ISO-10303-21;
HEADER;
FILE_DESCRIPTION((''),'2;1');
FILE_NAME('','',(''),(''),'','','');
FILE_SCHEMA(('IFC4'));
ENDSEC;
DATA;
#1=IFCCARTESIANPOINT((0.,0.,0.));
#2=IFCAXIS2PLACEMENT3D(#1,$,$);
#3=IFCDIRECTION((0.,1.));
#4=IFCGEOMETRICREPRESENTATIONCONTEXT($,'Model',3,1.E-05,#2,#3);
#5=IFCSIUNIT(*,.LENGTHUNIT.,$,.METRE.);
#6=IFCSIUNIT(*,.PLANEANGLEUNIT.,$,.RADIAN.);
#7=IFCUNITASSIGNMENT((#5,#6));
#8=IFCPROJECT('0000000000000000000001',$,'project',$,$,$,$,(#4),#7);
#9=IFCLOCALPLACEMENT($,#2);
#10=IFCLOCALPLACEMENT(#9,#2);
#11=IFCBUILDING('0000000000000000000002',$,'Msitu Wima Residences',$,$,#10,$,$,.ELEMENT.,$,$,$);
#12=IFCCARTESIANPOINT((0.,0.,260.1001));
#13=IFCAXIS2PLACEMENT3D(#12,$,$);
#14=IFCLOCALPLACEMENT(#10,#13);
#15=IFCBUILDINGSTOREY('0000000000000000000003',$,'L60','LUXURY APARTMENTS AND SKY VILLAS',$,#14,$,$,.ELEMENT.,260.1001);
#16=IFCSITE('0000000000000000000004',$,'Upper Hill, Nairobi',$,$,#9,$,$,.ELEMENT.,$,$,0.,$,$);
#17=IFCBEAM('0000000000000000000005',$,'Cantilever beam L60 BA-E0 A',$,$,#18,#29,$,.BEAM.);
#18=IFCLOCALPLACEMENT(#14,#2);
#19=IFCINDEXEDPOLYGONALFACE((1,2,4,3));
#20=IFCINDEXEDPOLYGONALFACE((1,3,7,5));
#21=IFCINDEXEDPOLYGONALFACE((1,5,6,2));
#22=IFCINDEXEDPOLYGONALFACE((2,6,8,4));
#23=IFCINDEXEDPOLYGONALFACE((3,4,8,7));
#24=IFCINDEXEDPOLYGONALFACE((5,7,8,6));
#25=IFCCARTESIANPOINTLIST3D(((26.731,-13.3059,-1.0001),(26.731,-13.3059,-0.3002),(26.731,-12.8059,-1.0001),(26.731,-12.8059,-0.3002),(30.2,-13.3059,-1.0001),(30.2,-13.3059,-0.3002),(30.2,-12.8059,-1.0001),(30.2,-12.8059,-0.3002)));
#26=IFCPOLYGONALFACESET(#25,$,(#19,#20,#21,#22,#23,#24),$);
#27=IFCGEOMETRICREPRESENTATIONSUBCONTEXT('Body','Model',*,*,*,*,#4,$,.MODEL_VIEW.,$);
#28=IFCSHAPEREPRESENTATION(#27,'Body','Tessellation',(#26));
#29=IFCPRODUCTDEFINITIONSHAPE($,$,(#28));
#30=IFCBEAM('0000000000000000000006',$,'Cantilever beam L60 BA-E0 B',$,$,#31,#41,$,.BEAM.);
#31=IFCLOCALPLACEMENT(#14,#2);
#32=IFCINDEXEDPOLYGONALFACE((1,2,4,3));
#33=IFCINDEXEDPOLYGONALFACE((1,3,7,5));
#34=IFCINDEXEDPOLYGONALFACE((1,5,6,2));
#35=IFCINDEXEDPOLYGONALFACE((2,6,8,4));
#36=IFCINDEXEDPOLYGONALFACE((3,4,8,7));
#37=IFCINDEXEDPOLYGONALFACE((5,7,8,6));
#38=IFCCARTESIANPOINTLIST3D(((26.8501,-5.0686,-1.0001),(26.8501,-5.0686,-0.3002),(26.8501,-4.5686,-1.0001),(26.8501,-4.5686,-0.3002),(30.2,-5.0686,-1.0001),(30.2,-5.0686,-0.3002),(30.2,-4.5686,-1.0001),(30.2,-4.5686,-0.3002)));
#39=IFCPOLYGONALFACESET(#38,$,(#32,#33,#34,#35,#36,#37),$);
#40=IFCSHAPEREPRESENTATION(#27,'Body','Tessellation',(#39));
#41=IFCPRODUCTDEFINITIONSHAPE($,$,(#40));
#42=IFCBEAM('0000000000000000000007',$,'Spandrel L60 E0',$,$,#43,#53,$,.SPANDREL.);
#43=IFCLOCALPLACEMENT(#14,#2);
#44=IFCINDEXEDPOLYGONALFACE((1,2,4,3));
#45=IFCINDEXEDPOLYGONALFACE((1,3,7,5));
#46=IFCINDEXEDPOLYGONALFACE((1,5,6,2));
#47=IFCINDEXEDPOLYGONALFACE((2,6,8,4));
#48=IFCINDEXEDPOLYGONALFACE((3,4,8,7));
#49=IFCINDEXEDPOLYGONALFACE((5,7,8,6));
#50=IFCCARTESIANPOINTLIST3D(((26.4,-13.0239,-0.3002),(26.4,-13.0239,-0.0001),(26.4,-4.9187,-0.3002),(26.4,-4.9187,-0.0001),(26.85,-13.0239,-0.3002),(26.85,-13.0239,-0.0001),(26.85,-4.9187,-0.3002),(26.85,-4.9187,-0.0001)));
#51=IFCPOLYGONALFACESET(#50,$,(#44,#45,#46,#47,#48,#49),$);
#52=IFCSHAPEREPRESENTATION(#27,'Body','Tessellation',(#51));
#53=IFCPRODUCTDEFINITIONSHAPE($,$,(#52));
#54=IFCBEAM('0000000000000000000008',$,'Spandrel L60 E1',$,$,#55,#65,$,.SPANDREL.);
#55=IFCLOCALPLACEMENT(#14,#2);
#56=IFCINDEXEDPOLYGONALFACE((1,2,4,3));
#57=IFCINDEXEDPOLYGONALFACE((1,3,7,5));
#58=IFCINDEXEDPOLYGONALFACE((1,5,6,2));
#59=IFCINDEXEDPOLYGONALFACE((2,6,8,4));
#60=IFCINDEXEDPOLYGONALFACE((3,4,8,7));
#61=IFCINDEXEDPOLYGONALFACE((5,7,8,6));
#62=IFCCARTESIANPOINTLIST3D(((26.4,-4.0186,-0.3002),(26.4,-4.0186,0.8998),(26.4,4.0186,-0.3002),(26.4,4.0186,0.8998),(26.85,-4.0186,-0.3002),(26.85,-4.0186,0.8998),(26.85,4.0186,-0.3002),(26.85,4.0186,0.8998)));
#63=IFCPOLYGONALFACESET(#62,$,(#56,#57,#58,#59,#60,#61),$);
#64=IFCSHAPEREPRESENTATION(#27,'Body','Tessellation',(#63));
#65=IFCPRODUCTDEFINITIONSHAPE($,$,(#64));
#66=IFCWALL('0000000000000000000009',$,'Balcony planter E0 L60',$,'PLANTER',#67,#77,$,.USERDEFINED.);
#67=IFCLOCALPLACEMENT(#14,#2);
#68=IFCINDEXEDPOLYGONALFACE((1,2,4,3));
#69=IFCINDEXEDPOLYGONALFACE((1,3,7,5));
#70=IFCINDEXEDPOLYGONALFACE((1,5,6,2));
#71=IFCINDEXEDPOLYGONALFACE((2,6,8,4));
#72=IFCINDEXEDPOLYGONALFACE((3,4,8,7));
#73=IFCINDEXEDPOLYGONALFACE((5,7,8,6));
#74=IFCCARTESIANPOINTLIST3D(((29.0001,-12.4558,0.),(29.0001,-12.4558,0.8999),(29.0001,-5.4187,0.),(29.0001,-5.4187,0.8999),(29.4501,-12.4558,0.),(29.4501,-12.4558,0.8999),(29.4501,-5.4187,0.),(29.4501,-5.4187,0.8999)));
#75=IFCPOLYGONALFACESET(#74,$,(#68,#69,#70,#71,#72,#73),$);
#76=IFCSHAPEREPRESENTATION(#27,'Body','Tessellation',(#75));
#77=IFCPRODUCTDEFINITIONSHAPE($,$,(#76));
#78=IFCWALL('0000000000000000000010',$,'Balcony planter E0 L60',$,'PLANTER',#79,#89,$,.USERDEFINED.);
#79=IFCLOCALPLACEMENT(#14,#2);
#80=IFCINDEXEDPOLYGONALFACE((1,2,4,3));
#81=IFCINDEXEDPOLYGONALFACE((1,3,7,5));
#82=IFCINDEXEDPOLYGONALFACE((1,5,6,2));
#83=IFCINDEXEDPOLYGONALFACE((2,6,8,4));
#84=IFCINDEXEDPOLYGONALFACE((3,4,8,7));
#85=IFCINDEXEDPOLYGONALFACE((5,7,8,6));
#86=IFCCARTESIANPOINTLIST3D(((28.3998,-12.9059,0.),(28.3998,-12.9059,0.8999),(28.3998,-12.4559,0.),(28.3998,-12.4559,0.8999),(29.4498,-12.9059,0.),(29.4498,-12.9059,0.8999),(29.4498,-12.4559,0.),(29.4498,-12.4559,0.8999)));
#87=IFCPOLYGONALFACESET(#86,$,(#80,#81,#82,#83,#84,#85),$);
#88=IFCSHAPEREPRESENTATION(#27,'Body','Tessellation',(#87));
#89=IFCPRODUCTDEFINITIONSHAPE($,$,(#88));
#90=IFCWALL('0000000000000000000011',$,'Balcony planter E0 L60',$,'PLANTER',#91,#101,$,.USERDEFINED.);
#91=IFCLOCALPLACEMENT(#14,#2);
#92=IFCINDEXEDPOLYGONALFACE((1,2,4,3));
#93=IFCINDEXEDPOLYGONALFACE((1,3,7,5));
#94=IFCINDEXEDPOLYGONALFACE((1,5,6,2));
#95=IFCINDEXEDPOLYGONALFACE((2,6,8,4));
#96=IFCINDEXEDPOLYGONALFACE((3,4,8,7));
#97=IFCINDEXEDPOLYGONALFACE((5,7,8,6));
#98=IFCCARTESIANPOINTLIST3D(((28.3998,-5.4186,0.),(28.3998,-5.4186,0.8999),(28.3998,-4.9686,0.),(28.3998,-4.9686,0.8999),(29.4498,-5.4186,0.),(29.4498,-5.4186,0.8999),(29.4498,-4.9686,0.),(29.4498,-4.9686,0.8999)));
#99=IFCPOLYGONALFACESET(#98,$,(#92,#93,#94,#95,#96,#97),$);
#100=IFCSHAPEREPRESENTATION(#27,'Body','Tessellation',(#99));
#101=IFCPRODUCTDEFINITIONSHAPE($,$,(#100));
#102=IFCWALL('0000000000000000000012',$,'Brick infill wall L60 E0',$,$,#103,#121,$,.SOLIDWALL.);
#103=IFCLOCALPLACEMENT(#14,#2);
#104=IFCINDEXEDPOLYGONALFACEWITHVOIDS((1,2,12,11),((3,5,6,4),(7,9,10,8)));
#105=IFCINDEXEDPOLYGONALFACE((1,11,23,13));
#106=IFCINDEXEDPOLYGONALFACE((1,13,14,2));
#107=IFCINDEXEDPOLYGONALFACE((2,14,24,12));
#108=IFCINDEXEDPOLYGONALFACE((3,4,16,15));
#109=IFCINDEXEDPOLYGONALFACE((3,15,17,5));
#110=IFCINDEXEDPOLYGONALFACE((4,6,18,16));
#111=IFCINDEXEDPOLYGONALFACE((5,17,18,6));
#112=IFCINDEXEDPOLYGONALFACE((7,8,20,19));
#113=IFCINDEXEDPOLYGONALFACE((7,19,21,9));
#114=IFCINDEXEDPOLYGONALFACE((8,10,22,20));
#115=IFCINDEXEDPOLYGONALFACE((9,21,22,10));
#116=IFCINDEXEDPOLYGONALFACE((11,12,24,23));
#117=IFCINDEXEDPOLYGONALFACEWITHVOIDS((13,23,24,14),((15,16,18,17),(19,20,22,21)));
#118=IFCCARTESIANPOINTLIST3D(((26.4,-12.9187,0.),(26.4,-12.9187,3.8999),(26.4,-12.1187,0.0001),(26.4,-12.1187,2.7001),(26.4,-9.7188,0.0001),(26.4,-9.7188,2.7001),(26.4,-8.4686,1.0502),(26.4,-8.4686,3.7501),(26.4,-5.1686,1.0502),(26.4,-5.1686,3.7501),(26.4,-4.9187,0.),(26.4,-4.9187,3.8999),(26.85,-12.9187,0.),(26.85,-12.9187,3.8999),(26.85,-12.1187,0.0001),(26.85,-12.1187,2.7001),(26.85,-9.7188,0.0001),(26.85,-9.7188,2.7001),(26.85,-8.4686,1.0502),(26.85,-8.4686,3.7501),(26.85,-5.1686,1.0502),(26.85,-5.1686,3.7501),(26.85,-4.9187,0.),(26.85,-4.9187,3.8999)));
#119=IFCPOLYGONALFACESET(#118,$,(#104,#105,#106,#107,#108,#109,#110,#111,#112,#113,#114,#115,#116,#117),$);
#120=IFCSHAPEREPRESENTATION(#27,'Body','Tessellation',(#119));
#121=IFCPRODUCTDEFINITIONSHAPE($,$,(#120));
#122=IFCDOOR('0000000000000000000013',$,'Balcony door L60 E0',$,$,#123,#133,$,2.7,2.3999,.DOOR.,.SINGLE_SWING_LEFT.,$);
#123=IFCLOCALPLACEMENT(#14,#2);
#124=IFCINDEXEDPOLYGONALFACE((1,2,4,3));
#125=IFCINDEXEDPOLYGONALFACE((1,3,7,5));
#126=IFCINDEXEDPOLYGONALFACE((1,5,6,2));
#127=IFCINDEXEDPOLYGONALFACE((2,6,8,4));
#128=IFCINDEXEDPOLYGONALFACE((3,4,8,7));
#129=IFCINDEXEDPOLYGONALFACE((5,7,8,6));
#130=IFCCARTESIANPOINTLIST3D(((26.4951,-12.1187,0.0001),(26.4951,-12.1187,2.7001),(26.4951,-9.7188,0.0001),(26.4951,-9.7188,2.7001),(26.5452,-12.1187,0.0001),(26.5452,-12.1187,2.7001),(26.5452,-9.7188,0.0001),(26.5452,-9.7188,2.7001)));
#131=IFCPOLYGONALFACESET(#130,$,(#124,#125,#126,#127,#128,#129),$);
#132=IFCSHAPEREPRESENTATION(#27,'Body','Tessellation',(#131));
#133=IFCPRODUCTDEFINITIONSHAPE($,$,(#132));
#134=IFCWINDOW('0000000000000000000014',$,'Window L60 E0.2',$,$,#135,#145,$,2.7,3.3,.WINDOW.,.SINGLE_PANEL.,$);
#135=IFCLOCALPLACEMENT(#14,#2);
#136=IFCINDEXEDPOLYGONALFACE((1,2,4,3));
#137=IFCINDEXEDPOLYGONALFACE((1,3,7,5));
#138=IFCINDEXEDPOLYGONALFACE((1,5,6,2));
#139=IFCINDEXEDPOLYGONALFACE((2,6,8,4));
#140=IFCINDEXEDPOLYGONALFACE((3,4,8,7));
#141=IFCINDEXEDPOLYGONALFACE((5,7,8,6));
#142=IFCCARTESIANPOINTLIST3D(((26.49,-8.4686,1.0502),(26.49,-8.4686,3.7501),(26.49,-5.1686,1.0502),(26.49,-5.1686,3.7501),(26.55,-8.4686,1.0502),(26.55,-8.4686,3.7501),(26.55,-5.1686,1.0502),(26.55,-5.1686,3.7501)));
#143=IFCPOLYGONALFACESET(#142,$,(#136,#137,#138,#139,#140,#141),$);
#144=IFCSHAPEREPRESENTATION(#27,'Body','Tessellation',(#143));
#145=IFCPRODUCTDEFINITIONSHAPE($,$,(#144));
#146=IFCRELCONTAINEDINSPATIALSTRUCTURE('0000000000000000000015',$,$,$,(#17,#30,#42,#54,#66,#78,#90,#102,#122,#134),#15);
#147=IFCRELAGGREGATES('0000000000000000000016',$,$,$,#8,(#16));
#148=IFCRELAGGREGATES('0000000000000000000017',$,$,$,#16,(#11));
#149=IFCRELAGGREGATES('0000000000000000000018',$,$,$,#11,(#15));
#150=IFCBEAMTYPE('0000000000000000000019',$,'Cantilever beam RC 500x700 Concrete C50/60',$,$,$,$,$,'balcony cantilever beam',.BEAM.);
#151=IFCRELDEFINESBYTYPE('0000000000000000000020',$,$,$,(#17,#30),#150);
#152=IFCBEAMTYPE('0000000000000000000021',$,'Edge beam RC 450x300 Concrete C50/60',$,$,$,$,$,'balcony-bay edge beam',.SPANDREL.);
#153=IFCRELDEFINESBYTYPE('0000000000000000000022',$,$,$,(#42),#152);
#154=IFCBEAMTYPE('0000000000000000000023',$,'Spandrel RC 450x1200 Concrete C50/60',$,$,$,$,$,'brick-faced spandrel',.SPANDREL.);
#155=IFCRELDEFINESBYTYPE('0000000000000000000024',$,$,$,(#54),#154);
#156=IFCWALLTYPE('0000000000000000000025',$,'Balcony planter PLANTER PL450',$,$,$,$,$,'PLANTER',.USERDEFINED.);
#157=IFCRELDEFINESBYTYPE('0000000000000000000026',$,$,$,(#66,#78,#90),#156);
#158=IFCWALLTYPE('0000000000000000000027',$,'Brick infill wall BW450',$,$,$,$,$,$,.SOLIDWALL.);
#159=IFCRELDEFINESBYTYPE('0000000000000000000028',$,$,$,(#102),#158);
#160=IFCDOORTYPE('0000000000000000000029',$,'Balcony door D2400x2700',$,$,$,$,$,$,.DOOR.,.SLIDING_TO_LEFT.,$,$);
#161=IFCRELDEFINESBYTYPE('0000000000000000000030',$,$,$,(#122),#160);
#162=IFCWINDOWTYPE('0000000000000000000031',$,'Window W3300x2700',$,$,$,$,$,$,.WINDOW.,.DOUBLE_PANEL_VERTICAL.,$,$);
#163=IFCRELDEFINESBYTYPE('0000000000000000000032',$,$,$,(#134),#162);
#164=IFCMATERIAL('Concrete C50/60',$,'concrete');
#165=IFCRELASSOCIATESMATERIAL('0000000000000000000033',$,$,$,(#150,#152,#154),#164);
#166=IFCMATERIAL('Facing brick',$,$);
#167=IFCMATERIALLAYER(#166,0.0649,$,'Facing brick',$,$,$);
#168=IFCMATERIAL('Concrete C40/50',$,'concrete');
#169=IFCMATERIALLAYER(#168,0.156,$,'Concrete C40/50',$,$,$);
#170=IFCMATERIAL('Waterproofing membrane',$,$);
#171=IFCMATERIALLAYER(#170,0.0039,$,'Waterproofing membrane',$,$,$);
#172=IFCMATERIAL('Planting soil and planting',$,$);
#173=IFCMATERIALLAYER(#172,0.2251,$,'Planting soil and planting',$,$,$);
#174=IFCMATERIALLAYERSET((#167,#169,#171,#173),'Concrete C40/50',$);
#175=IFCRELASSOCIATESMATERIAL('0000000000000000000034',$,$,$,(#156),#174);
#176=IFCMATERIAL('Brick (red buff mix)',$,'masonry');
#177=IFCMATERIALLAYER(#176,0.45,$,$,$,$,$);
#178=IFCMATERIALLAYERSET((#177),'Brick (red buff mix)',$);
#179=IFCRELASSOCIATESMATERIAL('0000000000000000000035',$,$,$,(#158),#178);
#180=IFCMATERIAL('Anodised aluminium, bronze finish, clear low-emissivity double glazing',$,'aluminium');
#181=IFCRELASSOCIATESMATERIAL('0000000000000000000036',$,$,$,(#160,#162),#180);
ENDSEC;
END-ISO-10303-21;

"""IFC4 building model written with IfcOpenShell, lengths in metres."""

from ifc_helpers import new_model, si_unit, direction, frame, frame_2d, origin, origin_2d, place, context, subcontext, project, spatial, rectangle, extrude, material, layer, layer_set, material_profile, profile_set, type_object, element, fill, save


model = new_model("IFC4")

# Units and contexts
model_context = context("Model", 3, precision=1e-05, world=origin(), true_north=direction((0.0, 1.0)))
body_context = subcontext(model_context, "Body", "Model", "MODEL_VIEW")
ifc_project = project(units=[si_unit("LENGTHUNIT", "METRE"), si_unit("PLANEANGLEUNIT", "RADIAN")], contexts=[model_context])

# Site, building, storey
site_placement = place(None, origin())
site = spatial("IfcSite", under=ifc_project, at=site_placement, Name="Upper Hill, Nairobi", CompositionType="ELEMENT", RefElevation=0.0)
building_placement = place(site_placement, origin())
building = spatial("IfcBuilding", under=site, at=building_placement, Name="Msitu Wima Residences", CompositionType="ELEMENT")
storey_placement = place(building_placement, frame((0.0, 0.0, 260.1001)))
storey = spatial("IfcBuildingStorey", under=building, at=storey_placement, Name="L60", Description="LUXURY APARTMENTS AND SKY VILLAS", CompositionType="ELEMENT", Elevation=260.1001)

# Beams
ifc_material_1 = material(Name="Concrete C50/60", Category="concrete")
ifc_material_profile_1 = material_profile(ifc_material_1, rectangle(XDim=0.5, YDim=0.7, at=origin_2d()), Name="RC 500x700")
ifc_profile_set_1 = profile_set([ifc_material_profile_1], Name="Concrete C50/60")
beam_type_1 = type_object("IfcBeamType", Name="Cantilever beam RC 500x700 Concrete C50/60", ElementType="balcony cantilever beam", PredefinedType="BEAM", material=ifc_profile_set_1)
beam_1_placement = place(storey_placement, frame((26.731, -13.0559, -0.6501), z_axis=(1.0, 0.0, 0.0), x_axis=(0.0, 1.0, 0.0)))
element("IfcBeam", 1, at=beam_1_placement, inside=storey, type_object=beam_type_1, Name="Cantilever beam L60 BA-E0 A", PredefinedType="BEAM", context=body_context, shape_type="SweptSolid", body=[
    extrude(rectangle(XDim=0.5, YDim=0.7, at=origin_2d()), origin(), (0.0, 0.0, 1.0), 3.469),
])
beam_2_placement = place(storey_placement, frame((26.8501, -4.8186, -0.6501), z_axis=(1.0, 0.0, 0.0), x_axis=(0.0, 1.0, 0.0)))
element("IfcBeam", 2, at=beam_2_placement, inside=storey, type_object=beam_type_1, Name="Cantilever beam L60 BA-E0 B", PredefinedType="BEAM", context=body_context, shape_type="SweptSolid", body=[
    extrude(rectangle(XDim=0.5, YDim=0.7, at=origin_2d()), origin(), (0.0, 0.0, 1.0), 3.3499),
])
ifc_material_profile_2 = material_profile(ifc_material_1, rectangle(XDim=0.45, YDim=0.3, at=origin_2d()), Name="RC 450x300")
ifc_profile_set_2 = profile_set([ifc_material_profile_2], Name="Concrete C50/60")
beam_type_2 = type_object("IfcBeamType", Name="Edge beam RC 450x300 Concrete C50/60", ElementType="balcony-bay edge beam", PredefinedType="SPANDREL", material=ifc_profile_set_2)
beam_3_placement = place(storey_placement, frame((26.625, -13.0239, -0.1501), z_axis=(0.0, 1.0, 0.0), x_axis=(-1.0, 0.0, 0.0)))
element("IfcBeam", 3, at=beam_3_placement, inside=storey, type_object=beam_type_2, Name="Spandrel L60 E0", PredefinedType="SPANDREL", context=body_context, shape_type="SweptSolid", body=[
    extrude(rectangle(XDim=0.45, YDim=0.3, at=origin_2d()), origin(), (0.0, 0.0, 1.0), 8.1052),
])
ifc_material_profile_3 = material_profile(ifc_material_1, rectangle(XDim=0.45, YDim=1.2, at=origin_2d()), Name="RC 450x1200")
ifc_profile_set_3 = profile_set([ifc_material_profile_3], Name="Concrete C50/60")
beam_type_3 = type_object("IfcBeamType", Name="Spandrel RC 450x1200 Concrete C50/60", ElementType="brick-faced spandrel", PredefinedType="SPANDREL", material=ifc_profile_set_3)
beam_4_placement = place(storey_placement, frame((26.625, -4.0186, 0.2998), z_axis=(0.0, 1.0, 0.0), x_axis=(-1.0, 0.0, 0.0)))
element("IfcBeam", 4, at=beam_4_placement, inside=storey, type_object=beam_type_3, Name="Spandrel L60 E1", PredefinedType="SPANDREL", context=body_context, shape_type="SweptSolid", body=[
    extrude(rectangle(XDim=0.45, YDim=1.2, at=origin_2d()), origin(), (0.0, 0.0, 1.0), 8.0371),
])

# Walls
ifc_material_2 = material(Name="Facing brick")
ifc_layer_1 = layer(ifc_material_2, 0.0649, Name="Facing brick")
ifc_material_3 = material(Name="Concrete C40/50", Category="concrete")
ifc_layer_2 = layer(ifc_material_3, 0.156, Name="Concrete C40/50")
ifc_material_4 = material(Name="Waterproofing membrane")
ifc_layer_3 = layer(ifc_material_4, 0.0039, Name="Waterproofing membrane")
ifc_material_5 = material(Name="Planting soil and planting")
ifc_layer_4 = layer(ifc_material_5, 0.2251, Name="Planting soil and planting")
ifc_layer_set_1 = layer_set([ifc_layer_1, ifc_layer_2, ifc_layer_3, ifc_layer_4], Name="Concrete C40/50")
wall_type_1 = type_object("IfcWallType", Name="Balcony planter PLANTER PL450", ElementType="PLANTER", PredefinedType="USERDEFINED", material=ifc_layer_set_1)
wall_1_placement = place(storey_placement, frame((29.2251, -12.4558, 0.0), z_axis=(0.0, 0.0, 1.0), x_axis=(0.0, 1.0, 0.0)))
element("IfcWall", 5, at=wall_1_placement, inside=storey, type_object=wall_type_1, Name="Balcony planter E0 L60", ObjectType="PLANTER", PredefinedType="USERDEFINED", context=body_context, shape_type="SweptSolid", body=[
    extrude(rectangle(XDim=7.0371, YDim=0.45, at=frame_2d((3.5186, 0.0))), origin(), (0.0, 0.0, 1.0), 0.8999),
])
for number, where, z_axis, x_axis, name in (
    (6, (28.3999, -12.6809, 0.0), (0.0, 0.0, 1.0), (1.0, 0.0, 0.0), "Balcony planter E0 L60"),
    (7, (28.3999, -5.1936, 0.0), (0.0, 0.0, 1.0), (1.0, 0.0, 0.0), "Balcony planter E0 L60"),
):
    element("IfcWall", number, at=place(storey_placement, frame(where, z_axis=z_axis, x_axis=x_axis)), inside=storey, type_object=wall_type_1, Name=name, ObjectType="PLANTER", PredefinedType="USERDEFINED", context=body_context, shape_type="SweptSolid", body=[
        extrude(rectangle(XDim=1.05, YDim=0.45, at=frame_2d((0.5249, 0.0))), origin(), (0.0, 0.0, 1.0), 0.8999),
    ])

# Wall, openings, door, window
ifc_material_6 = material(Name="Brick (red buff mix)", Category="masonry")
ifc_layer_5 = layer(ifc_material_6, 0.45)
ifc_layer_set_2 = layer_set([ifc_layer_5], Name="Brick (red buff mix)")
wall_type_2 = type_object("IfcWallType", Name="Brick infill wall BW450", PredefinedType="SOLIDWALL", material=ifc_layer_set_2)
wall_2_placement = place(storey_placement, frame((26.625, -12.9187, 0.0), z_axis=(0.0, 0.0, 1.0), x_axis=(0.0, 1.0, 0.0)))
wall_2 = element("IfcWall", 8, at=wall_2_placement, inside=storey, type_object=wall_type_2, Name="Brick infill wall L60 E0", PredefinedType="SOLIDWALL", context=body_context, shape_type="SweptSolid", body=[
    extrude(rectangle(XDim=8.0, YDim=0.45, at=frame_2d((4.0, 0.0))), origin(), (0.0, 0.0, 1.0), 3.8999),
])
opening_1_placement = place(wall_2_placement, frame((0.8, 0.0, 0.0)))
opening_1 = element("IfcOpeningElement", 9, at=opening_1_placement, cuts=wall_2, PredefinedType="OPENING", context=body_context, shape_type="SweptSolid", body=[
    extrude(rectangle(XDim=2.3999, YDim=2.7, at=frame_2d((1.2, 1.3501))), frame((0.0, 0.2349, 0.0), z_axis=(0.0, -1.0, 0.0), x_axis=(1.0, 0.0, 0.0)), (0.0, 0.0, 1.0), 0.47),
])
opening_2_placement = place(wall_2_placement, frame((4.4502, 0.0, 1.05)))
opening_2 = element("IfcOpeningElement", 10, at=opening_2_placement, cuts=wall_2, PredefinedType="OPENING", context=body_context, shape_type="SweptSolid", body=[
    extrude(rectangle(XDim=3.3, YDim=2.7, at=frame_2d((1.6499, 1.3501))), frame((0.0, 0.2349, 0.0), z_axis=(0.0, -1.0, 0.0), x_axis=(1.0, 0.0, 0.0)), (0.0, 0.0, 1.0), 0.47),
])
ifc_material_7 = material(Name="Anodised aluminium, bronze finish, clear low-emissivity double glazing", Category="aluminium")
door_type = type_object("IfcDoorType", Name="Balcony door D2400x2700", OperationType="SLIDING_TO_LEFT", PredefinedType="DOOR", material=ifc_material_7)
door_placement = place(opening_1_placement, origin())
door = element("IfcDoor", 11, at=door_placement, inside=storey, type_object=door_type, Name="Balcony door L60 E0", OperationType="SINGLE_SWING_LEFT", OverallHeight=2.7, OverallWidth=2.3999, PredefinedType="DOOR", context=body_context, shape_type="SweptSolid", body=[
    extrude(rectangle(XDim=2.3999, YDim=2.7, at=frame_2d((1.2, 1.3501))), frame((0.0, 0.1299, 0.0), z_axis=(0.0, -1.0, 0.0), x_axis=(1.0, 0.0, 0.0)), (0.0, 0.0, 1.0), 0.05),
])
fill(opening_1, door)
window_type = type_object("IfcWindowType", Name="Window W3300x2700", PartitioningType="DOUBLE_PANEL_VERTICAL", PredefinedType="WINDOW", material=ifc_material_7)
window_1_placement = place(opening_2_placement, origin())
window_1 = element("IfcWindow", 12, at=window_1_placement, inside=storey, type_object=window_type, Name="Window L60 E0.2", OverallHeight=2.7, OverallWidth=3.3, PartitioningType="SINGLE_PANEL", PredefinedType="WINDOW", context=body_context, shape_type="SweptSolid", body=[
    extrude(rectangle(XDim=3.3, YDim=2.7, at=frame_2d((1.6499, 1.3501))), frame((0.0, 0.135, 0.0), z_axis=(0.0, -1.0, 0.0), x_axis=(1.0, 0.0, 0.0)), (0.0, 0.0, 1.0), 0.0601),
])
fill(opening_2, window_1)

save(model, "model.ifc")
